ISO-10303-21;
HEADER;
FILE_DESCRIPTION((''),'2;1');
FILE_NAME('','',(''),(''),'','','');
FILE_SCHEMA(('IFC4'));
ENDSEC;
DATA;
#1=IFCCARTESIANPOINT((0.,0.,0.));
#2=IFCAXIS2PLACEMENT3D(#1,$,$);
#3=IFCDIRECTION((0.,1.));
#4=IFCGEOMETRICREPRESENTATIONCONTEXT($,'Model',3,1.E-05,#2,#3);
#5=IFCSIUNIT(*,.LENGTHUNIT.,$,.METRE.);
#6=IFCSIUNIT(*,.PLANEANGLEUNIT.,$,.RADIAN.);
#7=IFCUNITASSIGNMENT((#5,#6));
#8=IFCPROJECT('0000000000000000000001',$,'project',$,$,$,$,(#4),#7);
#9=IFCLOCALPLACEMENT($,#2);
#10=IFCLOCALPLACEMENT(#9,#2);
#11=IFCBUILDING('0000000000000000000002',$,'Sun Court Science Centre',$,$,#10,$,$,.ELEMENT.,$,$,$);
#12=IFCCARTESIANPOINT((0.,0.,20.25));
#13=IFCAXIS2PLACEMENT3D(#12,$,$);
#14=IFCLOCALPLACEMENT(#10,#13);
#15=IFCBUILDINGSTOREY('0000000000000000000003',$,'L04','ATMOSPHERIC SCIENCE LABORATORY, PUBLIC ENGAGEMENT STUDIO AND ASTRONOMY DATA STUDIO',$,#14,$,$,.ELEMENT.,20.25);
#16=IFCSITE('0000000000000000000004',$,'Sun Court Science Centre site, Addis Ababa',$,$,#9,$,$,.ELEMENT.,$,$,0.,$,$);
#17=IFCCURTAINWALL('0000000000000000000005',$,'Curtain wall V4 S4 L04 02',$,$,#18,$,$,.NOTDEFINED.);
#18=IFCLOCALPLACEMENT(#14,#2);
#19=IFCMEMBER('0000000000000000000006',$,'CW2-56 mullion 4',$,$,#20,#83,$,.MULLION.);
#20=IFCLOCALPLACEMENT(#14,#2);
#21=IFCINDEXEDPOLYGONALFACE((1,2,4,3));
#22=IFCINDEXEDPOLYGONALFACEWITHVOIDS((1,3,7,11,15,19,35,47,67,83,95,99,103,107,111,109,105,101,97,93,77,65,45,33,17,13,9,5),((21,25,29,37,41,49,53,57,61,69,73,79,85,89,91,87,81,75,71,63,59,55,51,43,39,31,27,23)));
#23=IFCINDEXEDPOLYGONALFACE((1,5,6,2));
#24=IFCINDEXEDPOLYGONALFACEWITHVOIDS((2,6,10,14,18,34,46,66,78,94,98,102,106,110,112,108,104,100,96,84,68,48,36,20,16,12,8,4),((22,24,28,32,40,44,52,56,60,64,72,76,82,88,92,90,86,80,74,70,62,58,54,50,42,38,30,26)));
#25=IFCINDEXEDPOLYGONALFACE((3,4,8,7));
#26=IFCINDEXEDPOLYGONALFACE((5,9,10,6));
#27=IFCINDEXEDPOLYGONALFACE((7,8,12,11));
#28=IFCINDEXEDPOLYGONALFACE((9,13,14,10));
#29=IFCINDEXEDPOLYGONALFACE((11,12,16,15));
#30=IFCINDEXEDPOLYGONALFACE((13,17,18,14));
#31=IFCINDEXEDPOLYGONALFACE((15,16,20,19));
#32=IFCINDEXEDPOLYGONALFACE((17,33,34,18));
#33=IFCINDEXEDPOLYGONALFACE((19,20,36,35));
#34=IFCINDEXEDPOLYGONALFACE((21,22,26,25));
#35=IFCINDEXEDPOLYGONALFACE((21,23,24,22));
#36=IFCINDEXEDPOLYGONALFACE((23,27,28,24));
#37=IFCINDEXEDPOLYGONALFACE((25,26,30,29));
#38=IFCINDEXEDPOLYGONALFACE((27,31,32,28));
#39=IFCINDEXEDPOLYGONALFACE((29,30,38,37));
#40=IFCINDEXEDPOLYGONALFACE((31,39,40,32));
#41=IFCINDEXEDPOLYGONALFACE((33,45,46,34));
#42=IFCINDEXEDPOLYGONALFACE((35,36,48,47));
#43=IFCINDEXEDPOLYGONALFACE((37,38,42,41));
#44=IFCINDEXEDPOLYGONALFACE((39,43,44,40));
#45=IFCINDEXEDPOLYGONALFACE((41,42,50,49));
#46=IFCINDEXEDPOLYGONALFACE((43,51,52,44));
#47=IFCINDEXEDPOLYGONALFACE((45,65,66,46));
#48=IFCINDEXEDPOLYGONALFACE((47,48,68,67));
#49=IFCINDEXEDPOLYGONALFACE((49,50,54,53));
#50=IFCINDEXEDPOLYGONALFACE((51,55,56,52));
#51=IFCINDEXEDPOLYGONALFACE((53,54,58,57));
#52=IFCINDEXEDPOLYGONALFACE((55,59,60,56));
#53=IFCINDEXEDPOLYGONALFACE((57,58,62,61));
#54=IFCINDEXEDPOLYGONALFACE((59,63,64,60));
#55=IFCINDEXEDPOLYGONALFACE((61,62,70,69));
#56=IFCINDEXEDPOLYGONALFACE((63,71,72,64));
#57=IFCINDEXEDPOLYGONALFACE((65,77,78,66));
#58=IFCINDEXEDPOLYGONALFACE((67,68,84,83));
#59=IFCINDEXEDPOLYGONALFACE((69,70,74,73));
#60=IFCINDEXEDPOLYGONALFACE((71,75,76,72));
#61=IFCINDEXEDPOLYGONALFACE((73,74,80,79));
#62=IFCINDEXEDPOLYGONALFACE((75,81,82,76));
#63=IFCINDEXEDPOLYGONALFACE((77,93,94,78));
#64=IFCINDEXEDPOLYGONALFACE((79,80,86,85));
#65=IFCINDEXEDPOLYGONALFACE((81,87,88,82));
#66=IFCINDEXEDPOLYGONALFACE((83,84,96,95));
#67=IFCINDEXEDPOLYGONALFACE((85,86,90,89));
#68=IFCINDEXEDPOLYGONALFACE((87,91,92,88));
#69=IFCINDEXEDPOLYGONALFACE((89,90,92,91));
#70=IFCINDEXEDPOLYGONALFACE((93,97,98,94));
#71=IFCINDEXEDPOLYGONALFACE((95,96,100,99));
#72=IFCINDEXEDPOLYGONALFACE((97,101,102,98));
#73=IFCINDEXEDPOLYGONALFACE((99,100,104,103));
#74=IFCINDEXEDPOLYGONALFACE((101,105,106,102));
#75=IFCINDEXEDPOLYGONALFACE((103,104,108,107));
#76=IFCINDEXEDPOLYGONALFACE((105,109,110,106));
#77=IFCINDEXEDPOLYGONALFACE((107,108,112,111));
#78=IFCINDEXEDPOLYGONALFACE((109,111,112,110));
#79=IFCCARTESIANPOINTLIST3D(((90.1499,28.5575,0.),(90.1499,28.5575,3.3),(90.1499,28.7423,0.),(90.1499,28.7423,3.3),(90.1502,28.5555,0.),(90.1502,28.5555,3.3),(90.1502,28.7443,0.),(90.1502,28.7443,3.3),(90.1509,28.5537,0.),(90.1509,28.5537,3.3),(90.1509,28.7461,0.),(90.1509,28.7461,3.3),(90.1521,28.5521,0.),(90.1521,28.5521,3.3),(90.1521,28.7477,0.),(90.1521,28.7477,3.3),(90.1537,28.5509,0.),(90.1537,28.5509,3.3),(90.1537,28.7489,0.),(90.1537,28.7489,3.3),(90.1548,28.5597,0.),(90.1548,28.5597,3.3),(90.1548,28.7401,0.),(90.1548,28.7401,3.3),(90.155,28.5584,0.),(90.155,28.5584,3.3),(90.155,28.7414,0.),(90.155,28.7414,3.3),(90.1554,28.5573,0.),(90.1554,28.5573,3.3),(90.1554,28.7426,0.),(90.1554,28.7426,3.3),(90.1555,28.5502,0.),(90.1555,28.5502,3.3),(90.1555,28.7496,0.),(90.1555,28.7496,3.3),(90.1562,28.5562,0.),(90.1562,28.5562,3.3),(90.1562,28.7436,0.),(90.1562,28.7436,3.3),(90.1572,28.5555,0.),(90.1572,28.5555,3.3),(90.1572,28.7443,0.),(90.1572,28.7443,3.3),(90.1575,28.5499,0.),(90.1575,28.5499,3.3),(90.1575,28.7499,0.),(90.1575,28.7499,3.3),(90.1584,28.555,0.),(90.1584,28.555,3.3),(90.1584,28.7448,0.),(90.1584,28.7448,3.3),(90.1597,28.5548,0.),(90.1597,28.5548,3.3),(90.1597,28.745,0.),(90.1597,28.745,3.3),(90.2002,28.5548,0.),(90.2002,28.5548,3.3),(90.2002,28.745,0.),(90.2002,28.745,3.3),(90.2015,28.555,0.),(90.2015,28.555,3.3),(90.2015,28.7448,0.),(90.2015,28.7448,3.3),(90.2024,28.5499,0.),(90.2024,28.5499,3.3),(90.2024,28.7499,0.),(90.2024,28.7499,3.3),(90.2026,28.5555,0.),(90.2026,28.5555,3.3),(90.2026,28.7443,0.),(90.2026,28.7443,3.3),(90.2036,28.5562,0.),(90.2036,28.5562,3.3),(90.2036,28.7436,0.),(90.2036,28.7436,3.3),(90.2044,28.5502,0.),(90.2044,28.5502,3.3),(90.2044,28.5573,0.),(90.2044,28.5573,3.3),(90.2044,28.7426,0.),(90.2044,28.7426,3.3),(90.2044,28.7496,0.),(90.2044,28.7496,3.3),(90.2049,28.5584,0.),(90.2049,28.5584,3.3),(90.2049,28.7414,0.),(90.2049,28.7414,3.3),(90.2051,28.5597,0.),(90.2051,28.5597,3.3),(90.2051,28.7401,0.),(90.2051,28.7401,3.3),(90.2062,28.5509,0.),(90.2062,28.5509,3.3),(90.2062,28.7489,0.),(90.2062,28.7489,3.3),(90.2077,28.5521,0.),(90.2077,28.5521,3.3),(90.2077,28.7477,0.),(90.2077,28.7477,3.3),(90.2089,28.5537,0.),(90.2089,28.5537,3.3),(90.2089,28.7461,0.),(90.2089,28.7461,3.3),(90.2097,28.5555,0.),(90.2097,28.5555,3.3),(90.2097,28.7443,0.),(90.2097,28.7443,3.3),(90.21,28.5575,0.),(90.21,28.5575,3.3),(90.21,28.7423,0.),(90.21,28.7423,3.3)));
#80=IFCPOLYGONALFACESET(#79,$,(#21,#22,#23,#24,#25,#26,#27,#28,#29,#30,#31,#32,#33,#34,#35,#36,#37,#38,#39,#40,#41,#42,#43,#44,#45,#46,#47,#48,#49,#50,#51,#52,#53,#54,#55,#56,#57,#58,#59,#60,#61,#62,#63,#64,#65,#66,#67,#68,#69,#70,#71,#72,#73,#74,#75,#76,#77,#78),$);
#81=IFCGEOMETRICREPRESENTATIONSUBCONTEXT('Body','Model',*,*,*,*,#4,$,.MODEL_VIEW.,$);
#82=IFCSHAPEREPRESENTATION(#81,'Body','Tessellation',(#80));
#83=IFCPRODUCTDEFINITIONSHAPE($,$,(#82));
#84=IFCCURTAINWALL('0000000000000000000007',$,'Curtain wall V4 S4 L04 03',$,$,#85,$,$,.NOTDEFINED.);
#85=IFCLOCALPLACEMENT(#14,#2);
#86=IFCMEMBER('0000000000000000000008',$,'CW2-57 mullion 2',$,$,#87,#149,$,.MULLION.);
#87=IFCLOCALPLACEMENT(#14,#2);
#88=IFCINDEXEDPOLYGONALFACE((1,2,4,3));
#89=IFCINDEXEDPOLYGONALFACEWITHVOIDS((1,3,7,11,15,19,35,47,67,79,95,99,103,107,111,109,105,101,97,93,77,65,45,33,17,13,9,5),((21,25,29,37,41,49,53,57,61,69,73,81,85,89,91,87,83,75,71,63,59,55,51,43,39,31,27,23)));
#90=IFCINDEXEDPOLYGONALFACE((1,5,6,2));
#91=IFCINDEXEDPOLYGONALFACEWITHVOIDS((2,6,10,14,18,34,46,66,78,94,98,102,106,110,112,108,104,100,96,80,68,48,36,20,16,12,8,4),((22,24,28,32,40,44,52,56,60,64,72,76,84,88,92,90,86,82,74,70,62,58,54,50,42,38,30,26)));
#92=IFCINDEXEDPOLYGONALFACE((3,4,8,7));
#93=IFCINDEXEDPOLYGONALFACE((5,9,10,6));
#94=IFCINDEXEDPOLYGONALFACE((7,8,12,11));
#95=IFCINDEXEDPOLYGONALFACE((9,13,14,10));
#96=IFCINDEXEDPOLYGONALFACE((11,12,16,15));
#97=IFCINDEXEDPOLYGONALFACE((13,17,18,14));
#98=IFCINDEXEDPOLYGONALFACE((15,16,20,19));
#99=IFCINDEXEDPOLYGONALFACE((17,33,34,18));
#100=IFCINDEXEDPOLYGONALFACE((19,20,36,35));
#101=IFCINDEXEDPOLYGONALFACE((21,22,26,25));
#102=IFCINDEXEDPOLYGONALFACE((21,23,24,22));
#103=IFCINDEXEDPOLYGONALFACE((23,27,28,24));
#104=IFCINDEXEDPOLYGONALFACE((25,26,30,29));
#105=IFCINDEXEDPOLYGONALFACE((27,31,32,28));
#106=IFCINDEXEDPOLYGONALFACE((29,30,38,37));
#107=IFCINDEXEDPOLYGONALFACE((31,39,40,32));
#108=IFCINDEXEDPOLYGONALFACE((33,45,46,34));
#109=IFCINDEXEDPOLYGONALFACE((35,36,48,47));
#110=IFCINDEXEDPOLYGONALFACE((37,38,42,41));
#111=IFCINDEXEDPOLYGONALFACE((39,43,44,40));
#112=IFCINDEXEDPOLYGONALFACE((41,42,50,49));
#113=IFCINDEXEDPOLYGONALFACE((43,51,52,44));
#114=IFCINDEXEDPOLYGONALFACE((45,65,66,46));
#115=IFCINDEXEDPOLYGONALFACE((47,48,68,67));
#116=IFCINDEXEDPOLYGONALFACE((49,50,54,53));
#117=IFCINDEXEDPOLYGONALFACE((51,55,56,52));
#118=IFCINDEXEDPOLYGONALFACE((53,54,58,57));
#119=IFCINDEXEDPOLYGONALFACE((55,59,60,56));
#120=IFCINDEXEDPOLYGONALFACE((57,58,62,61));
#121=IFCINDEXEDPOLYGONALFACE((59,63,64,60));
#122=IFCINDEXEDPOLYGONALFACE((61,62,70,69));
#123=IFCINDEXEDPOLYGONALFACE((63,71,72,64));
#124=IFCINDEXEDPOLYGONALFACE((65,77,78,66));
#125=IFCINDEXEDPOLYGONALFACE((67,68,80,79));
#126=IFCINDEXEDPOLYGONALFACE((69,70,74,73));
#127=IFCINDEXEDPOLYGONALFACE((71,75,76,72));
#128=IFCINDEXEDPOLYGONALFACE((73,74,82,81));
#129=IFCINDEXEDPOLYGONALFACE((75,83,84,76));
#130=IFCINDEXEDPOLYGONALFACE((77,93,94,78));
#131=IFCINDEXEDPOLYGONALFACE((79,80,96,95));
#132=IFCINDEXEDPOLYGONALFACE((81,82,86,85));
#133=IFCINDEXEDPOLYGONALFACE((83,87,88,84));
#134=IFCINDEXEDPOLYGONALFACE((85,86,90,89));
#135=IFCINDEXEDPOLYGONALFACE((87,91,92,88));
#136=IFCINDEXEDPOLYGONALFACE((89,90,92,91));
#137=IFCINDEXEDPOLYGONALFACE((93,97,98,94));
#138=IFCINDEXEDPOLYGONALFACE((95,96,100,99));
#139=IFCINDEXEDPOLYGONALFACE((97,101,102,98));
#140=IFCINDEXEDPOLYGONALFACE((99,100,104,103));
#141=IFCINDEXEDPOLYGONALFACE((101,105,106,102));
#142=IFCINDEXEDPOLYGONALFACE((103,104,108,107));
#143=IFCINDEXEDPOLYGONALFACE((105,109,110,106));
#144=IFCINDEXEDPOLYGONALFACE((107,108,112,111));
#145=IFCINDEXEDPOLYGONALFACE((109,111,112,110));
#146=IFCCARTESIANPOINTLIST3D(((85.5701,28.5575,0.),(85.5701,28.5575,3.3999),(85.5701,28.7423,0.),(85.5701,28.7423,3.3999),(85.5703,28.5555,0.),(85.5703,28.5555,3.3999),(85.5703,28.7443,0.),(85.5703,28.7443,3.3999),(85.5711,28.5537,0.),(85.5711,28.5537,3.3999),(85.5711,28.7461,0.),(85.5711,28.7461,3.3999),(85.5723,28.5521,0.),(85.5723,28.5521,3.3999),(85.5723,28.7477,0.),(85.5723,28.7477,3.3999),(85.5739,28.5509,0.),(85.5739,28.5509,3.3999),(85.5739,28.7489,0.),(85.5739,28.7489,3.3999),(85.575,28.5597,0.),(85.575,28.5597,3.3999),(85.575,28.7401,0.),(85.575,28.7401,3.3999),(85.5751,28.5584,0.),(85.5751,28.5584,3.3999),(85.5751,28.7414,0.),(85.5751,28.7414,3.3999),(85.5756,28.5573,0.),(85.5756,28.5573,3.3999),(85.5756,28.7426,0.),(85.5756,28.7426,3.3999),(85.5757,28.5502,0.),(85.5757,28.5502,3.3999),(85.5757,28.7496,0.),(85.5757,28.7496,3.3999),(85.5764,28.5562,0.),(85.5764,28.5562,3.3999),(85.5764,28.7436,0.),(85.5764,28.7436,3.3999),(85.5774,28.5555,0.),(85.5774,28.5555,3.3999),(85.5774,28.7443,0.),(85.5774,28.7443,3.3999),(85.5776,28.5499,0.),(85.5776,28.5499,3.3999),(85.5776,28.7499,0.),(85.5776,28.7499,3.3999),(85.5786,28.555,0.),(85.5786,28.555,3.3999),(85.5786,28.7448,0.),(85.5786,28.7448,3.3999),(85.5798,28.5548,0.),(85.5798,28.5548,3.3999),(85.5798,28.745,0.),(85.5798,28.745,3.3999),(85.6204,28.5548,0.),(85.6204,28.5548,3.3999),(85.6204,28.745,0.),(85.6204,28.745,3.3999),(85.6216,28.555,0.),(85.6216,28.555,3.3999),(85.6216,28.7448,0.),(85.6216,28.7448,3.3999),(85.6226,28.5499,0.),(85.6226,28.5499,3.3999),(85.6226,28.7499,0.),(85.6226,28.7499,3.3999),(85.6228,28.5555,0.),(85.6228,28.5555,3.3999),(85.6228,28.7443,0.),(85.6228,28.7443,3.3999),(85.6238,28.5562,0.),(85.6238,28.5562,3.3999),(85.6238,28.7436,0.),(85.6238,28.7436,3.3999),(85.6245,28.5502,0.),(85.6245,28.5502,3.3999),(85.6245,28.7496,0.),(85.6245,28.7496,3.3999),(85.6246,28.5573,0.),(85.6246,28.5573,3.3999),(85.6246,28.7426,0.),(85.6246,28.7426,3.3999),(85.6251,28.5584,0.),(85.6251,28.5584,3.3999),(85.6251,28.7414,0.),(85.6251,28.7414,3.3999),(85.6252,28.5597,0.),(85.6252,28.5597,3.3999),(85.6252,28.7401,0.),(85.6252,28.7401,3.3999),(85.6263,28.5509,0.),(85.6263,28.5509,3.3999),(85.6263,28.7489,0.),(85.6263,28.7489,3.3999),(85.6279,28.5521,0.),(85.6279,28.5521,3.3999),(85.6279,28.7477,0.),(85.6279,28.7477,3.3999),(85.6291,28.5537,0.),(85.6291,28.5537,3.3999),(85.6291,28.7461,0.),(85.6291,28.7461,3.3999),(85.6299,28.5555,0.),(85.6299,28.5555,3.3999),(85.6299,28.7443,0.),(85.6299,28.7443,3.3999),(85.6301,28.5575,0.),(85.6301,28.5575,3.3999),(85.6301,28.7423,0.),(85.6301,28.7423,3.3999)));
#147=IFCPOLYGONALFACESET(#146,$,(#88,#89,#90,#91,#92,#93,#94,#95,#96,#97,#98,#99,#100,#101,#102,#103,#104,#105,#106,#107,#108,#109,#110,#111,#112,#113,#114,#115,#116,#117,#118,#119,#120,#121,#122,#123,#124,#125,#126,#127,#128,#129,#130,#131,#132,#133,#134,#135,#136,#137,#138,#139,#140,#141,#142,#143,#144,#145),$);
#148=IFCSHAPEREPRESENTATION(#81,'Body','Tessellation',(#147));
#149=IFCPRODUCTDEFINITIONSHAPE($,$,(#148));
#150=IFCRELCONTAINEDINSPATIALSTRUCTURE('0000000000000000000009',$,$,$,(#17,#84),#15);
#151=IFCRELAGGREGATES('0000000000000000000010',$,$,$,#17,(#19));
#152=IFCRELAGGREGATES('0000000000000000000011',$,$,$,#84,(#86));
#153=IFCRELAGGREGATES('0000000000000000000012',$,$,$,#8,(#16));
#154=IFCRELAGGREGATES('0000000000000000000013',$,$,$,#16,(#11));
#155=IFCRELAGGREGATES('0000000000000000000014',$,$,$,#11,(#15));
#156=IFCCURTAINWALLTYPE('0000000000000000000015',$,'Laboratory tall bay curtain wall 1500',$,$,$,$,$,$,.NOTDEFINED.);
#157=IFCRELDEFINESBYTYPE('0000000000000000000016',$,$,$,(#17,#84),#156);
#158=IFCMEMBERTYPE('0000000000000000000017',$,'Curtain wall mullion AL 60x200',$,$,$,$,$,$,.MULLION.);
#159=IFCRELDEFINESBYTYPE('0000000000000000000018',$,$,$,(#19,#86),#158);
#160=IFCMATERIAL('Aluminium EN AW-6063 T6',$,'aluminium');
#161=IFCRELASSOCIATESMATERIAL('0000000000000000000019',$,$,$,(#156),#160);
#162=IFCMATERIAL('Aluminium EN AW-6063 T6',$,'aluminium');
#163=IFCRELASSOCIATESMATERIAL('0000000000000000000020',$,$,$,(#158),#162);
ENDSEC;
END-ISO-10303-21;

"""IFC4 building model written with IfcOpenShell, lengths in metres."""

from ifc_helpers import new_model, si_unit, direction, frame, origin, origin_2d, place, context, subcontext, project, spatial, hollow_rectangle, extrude, material, material_profile, profile_set, type_object, element, aggregate, save


model = new_model("IFC4")

# Units and contexts
model_context = context("Model", 3, precision=1e-05, world=origin(), true_north=direction((0.0, 1.0)))
body_context = subcontext(model_context, "Body", "Model", "MODEL_VIEW")
ifc_project = project(units=[si_unit("LENGTHUNIT", "METRE"), si_unit("PLANEANGLEUNIT", "RADIAN")], contexts=[model_context])

# Site, building, storey
site_placement = place(None, origin())
site = spatial("IfcSite", under=ifc_project, at=site_placement, Name="Sun Court Science Centre site, Addis Ababa", CompositionType="ELEMENT", RefElevation=0.0)
building_placement = place(site_placement, origin())
building = spatial("IfcBuilding", under=site, at=building_placement, Name="Sun Court Science Centre", CompositionType="ELEMENT")
storey_placement = place(building_placement, frame((0.0, 0.0, 20.25)))
storey = spatial("IfcBuildingStorey", under=building, at=storey_placement, Name="L04", Description="ATMOSPHERIC SCIENCE LABORATORY, PUBLIC ENGAGEMENT STUDIO AND ASTRONOMY DATA STUDIO", CompositionType="ELEMENT", Elevation=20.25)

# Curtain wall, member
ifc_material_1 = material(Name="Aluminium EN AW-6063 T6", Category="aluminium")
curtain_wall_type = type_object("IfcCurtainWallType", Name="Laboratory tall bay curtain wall 1500", PredefinedType="NOTDEFINED", material=ifc_material_1)
curtain_wall_1_placement = place(storey_placement, origin())
curtain_wall_1 = element("IfcCurtainWall", 1, at=curtain_wall_1_placement, inside=storey, type_object=curtain_wall_type, Name="Curtain wall V4 S4 L04 02", PredefinedType="NOTDEFINED")
ifc_material_2 = material(Name="Aluminium EN AW-6063 T6", Category="aluminium")
ifc_material_profile_1 = material_profile(ifc_material_2, hollow_rectangle(XDim=0.0601, YDim=0.2, WallThickness=0.0049, InnerFilletRadius=0.0049, OuterFilletRadius=0.0076, at=origin_2d()), Name="AL 60x200x5")
ifc_profile_set_1 = profile_set([ifc_material_profile_1], Name="Aluminium EN AW-6063 T6")
member_type_1 = type_object("IfcMemberType", Name="Curtain wall mullion AL 60x200", PredefinedType="MULLION", material=ifc_profile_set_1)
member_1_placement = place(storey_placement, frame((90.1799, 28.6499, 0.0), z_axis=(0.0, 0.0, 1.0), x_axis=(-1.0, 0.0, 0.0)))
member_1 = element("IfcMember", 2, at=member_1_placement, type_object=member_type_1, Name="CW2-56 mullion 4", PredefinedType="MULLION", context=body_context, shape_type="SweptSolid", body=[
    extrude(hollow_rectangle(XDim=0.0601, YDim=0.2, WallThickness=0.0049, InnerFilletRadius=0.0049, OuterFilletRadius=0.0076, at=origin_2d()), origin(), (0.0, 0.0, 1.0), 3.3),
])

# Curtain wall, member
curtain_wall_2_placement = place(storey_placement, origin())
curtain_wall_2 = element("IfcCurtainWall", 3, at=curtain_wall_2_placement, inside=storey, type_object=curtain_wall_type, Name="Curtain wall V4 S4 L04 03", PredefinedType="NOTDEFINED")
member_2_placement = place(storey_placement, frame((85.6001, 28.6499, 0.0), z_axis=(0.0, 0.0, 1.0), x_axis=(-1.0, 0.0, 0.0)))
member_2 = element("IfcMember", 4, at=member_2_placement, type_object=member_type_1, Name="CW2-57 mullion 2", PredefinedType="MULLION", context=body_context, shape_type="SweptSolid", body=[
    extrude(hollow_rectangle(XDim=0.0601, YDim=0.2, WallThickness=0.0049, InnerFilletRadius=0.0049, OuterFilletRadius=0.0076, at=origin_2d()), origin(), (0.0, 0.0, 1.0), 3.3999),
])

aggregate(curtain_wall_1, [member_1])
aggregate(curtain_wall_2, [member_2])

save(model, "model.ifc")
